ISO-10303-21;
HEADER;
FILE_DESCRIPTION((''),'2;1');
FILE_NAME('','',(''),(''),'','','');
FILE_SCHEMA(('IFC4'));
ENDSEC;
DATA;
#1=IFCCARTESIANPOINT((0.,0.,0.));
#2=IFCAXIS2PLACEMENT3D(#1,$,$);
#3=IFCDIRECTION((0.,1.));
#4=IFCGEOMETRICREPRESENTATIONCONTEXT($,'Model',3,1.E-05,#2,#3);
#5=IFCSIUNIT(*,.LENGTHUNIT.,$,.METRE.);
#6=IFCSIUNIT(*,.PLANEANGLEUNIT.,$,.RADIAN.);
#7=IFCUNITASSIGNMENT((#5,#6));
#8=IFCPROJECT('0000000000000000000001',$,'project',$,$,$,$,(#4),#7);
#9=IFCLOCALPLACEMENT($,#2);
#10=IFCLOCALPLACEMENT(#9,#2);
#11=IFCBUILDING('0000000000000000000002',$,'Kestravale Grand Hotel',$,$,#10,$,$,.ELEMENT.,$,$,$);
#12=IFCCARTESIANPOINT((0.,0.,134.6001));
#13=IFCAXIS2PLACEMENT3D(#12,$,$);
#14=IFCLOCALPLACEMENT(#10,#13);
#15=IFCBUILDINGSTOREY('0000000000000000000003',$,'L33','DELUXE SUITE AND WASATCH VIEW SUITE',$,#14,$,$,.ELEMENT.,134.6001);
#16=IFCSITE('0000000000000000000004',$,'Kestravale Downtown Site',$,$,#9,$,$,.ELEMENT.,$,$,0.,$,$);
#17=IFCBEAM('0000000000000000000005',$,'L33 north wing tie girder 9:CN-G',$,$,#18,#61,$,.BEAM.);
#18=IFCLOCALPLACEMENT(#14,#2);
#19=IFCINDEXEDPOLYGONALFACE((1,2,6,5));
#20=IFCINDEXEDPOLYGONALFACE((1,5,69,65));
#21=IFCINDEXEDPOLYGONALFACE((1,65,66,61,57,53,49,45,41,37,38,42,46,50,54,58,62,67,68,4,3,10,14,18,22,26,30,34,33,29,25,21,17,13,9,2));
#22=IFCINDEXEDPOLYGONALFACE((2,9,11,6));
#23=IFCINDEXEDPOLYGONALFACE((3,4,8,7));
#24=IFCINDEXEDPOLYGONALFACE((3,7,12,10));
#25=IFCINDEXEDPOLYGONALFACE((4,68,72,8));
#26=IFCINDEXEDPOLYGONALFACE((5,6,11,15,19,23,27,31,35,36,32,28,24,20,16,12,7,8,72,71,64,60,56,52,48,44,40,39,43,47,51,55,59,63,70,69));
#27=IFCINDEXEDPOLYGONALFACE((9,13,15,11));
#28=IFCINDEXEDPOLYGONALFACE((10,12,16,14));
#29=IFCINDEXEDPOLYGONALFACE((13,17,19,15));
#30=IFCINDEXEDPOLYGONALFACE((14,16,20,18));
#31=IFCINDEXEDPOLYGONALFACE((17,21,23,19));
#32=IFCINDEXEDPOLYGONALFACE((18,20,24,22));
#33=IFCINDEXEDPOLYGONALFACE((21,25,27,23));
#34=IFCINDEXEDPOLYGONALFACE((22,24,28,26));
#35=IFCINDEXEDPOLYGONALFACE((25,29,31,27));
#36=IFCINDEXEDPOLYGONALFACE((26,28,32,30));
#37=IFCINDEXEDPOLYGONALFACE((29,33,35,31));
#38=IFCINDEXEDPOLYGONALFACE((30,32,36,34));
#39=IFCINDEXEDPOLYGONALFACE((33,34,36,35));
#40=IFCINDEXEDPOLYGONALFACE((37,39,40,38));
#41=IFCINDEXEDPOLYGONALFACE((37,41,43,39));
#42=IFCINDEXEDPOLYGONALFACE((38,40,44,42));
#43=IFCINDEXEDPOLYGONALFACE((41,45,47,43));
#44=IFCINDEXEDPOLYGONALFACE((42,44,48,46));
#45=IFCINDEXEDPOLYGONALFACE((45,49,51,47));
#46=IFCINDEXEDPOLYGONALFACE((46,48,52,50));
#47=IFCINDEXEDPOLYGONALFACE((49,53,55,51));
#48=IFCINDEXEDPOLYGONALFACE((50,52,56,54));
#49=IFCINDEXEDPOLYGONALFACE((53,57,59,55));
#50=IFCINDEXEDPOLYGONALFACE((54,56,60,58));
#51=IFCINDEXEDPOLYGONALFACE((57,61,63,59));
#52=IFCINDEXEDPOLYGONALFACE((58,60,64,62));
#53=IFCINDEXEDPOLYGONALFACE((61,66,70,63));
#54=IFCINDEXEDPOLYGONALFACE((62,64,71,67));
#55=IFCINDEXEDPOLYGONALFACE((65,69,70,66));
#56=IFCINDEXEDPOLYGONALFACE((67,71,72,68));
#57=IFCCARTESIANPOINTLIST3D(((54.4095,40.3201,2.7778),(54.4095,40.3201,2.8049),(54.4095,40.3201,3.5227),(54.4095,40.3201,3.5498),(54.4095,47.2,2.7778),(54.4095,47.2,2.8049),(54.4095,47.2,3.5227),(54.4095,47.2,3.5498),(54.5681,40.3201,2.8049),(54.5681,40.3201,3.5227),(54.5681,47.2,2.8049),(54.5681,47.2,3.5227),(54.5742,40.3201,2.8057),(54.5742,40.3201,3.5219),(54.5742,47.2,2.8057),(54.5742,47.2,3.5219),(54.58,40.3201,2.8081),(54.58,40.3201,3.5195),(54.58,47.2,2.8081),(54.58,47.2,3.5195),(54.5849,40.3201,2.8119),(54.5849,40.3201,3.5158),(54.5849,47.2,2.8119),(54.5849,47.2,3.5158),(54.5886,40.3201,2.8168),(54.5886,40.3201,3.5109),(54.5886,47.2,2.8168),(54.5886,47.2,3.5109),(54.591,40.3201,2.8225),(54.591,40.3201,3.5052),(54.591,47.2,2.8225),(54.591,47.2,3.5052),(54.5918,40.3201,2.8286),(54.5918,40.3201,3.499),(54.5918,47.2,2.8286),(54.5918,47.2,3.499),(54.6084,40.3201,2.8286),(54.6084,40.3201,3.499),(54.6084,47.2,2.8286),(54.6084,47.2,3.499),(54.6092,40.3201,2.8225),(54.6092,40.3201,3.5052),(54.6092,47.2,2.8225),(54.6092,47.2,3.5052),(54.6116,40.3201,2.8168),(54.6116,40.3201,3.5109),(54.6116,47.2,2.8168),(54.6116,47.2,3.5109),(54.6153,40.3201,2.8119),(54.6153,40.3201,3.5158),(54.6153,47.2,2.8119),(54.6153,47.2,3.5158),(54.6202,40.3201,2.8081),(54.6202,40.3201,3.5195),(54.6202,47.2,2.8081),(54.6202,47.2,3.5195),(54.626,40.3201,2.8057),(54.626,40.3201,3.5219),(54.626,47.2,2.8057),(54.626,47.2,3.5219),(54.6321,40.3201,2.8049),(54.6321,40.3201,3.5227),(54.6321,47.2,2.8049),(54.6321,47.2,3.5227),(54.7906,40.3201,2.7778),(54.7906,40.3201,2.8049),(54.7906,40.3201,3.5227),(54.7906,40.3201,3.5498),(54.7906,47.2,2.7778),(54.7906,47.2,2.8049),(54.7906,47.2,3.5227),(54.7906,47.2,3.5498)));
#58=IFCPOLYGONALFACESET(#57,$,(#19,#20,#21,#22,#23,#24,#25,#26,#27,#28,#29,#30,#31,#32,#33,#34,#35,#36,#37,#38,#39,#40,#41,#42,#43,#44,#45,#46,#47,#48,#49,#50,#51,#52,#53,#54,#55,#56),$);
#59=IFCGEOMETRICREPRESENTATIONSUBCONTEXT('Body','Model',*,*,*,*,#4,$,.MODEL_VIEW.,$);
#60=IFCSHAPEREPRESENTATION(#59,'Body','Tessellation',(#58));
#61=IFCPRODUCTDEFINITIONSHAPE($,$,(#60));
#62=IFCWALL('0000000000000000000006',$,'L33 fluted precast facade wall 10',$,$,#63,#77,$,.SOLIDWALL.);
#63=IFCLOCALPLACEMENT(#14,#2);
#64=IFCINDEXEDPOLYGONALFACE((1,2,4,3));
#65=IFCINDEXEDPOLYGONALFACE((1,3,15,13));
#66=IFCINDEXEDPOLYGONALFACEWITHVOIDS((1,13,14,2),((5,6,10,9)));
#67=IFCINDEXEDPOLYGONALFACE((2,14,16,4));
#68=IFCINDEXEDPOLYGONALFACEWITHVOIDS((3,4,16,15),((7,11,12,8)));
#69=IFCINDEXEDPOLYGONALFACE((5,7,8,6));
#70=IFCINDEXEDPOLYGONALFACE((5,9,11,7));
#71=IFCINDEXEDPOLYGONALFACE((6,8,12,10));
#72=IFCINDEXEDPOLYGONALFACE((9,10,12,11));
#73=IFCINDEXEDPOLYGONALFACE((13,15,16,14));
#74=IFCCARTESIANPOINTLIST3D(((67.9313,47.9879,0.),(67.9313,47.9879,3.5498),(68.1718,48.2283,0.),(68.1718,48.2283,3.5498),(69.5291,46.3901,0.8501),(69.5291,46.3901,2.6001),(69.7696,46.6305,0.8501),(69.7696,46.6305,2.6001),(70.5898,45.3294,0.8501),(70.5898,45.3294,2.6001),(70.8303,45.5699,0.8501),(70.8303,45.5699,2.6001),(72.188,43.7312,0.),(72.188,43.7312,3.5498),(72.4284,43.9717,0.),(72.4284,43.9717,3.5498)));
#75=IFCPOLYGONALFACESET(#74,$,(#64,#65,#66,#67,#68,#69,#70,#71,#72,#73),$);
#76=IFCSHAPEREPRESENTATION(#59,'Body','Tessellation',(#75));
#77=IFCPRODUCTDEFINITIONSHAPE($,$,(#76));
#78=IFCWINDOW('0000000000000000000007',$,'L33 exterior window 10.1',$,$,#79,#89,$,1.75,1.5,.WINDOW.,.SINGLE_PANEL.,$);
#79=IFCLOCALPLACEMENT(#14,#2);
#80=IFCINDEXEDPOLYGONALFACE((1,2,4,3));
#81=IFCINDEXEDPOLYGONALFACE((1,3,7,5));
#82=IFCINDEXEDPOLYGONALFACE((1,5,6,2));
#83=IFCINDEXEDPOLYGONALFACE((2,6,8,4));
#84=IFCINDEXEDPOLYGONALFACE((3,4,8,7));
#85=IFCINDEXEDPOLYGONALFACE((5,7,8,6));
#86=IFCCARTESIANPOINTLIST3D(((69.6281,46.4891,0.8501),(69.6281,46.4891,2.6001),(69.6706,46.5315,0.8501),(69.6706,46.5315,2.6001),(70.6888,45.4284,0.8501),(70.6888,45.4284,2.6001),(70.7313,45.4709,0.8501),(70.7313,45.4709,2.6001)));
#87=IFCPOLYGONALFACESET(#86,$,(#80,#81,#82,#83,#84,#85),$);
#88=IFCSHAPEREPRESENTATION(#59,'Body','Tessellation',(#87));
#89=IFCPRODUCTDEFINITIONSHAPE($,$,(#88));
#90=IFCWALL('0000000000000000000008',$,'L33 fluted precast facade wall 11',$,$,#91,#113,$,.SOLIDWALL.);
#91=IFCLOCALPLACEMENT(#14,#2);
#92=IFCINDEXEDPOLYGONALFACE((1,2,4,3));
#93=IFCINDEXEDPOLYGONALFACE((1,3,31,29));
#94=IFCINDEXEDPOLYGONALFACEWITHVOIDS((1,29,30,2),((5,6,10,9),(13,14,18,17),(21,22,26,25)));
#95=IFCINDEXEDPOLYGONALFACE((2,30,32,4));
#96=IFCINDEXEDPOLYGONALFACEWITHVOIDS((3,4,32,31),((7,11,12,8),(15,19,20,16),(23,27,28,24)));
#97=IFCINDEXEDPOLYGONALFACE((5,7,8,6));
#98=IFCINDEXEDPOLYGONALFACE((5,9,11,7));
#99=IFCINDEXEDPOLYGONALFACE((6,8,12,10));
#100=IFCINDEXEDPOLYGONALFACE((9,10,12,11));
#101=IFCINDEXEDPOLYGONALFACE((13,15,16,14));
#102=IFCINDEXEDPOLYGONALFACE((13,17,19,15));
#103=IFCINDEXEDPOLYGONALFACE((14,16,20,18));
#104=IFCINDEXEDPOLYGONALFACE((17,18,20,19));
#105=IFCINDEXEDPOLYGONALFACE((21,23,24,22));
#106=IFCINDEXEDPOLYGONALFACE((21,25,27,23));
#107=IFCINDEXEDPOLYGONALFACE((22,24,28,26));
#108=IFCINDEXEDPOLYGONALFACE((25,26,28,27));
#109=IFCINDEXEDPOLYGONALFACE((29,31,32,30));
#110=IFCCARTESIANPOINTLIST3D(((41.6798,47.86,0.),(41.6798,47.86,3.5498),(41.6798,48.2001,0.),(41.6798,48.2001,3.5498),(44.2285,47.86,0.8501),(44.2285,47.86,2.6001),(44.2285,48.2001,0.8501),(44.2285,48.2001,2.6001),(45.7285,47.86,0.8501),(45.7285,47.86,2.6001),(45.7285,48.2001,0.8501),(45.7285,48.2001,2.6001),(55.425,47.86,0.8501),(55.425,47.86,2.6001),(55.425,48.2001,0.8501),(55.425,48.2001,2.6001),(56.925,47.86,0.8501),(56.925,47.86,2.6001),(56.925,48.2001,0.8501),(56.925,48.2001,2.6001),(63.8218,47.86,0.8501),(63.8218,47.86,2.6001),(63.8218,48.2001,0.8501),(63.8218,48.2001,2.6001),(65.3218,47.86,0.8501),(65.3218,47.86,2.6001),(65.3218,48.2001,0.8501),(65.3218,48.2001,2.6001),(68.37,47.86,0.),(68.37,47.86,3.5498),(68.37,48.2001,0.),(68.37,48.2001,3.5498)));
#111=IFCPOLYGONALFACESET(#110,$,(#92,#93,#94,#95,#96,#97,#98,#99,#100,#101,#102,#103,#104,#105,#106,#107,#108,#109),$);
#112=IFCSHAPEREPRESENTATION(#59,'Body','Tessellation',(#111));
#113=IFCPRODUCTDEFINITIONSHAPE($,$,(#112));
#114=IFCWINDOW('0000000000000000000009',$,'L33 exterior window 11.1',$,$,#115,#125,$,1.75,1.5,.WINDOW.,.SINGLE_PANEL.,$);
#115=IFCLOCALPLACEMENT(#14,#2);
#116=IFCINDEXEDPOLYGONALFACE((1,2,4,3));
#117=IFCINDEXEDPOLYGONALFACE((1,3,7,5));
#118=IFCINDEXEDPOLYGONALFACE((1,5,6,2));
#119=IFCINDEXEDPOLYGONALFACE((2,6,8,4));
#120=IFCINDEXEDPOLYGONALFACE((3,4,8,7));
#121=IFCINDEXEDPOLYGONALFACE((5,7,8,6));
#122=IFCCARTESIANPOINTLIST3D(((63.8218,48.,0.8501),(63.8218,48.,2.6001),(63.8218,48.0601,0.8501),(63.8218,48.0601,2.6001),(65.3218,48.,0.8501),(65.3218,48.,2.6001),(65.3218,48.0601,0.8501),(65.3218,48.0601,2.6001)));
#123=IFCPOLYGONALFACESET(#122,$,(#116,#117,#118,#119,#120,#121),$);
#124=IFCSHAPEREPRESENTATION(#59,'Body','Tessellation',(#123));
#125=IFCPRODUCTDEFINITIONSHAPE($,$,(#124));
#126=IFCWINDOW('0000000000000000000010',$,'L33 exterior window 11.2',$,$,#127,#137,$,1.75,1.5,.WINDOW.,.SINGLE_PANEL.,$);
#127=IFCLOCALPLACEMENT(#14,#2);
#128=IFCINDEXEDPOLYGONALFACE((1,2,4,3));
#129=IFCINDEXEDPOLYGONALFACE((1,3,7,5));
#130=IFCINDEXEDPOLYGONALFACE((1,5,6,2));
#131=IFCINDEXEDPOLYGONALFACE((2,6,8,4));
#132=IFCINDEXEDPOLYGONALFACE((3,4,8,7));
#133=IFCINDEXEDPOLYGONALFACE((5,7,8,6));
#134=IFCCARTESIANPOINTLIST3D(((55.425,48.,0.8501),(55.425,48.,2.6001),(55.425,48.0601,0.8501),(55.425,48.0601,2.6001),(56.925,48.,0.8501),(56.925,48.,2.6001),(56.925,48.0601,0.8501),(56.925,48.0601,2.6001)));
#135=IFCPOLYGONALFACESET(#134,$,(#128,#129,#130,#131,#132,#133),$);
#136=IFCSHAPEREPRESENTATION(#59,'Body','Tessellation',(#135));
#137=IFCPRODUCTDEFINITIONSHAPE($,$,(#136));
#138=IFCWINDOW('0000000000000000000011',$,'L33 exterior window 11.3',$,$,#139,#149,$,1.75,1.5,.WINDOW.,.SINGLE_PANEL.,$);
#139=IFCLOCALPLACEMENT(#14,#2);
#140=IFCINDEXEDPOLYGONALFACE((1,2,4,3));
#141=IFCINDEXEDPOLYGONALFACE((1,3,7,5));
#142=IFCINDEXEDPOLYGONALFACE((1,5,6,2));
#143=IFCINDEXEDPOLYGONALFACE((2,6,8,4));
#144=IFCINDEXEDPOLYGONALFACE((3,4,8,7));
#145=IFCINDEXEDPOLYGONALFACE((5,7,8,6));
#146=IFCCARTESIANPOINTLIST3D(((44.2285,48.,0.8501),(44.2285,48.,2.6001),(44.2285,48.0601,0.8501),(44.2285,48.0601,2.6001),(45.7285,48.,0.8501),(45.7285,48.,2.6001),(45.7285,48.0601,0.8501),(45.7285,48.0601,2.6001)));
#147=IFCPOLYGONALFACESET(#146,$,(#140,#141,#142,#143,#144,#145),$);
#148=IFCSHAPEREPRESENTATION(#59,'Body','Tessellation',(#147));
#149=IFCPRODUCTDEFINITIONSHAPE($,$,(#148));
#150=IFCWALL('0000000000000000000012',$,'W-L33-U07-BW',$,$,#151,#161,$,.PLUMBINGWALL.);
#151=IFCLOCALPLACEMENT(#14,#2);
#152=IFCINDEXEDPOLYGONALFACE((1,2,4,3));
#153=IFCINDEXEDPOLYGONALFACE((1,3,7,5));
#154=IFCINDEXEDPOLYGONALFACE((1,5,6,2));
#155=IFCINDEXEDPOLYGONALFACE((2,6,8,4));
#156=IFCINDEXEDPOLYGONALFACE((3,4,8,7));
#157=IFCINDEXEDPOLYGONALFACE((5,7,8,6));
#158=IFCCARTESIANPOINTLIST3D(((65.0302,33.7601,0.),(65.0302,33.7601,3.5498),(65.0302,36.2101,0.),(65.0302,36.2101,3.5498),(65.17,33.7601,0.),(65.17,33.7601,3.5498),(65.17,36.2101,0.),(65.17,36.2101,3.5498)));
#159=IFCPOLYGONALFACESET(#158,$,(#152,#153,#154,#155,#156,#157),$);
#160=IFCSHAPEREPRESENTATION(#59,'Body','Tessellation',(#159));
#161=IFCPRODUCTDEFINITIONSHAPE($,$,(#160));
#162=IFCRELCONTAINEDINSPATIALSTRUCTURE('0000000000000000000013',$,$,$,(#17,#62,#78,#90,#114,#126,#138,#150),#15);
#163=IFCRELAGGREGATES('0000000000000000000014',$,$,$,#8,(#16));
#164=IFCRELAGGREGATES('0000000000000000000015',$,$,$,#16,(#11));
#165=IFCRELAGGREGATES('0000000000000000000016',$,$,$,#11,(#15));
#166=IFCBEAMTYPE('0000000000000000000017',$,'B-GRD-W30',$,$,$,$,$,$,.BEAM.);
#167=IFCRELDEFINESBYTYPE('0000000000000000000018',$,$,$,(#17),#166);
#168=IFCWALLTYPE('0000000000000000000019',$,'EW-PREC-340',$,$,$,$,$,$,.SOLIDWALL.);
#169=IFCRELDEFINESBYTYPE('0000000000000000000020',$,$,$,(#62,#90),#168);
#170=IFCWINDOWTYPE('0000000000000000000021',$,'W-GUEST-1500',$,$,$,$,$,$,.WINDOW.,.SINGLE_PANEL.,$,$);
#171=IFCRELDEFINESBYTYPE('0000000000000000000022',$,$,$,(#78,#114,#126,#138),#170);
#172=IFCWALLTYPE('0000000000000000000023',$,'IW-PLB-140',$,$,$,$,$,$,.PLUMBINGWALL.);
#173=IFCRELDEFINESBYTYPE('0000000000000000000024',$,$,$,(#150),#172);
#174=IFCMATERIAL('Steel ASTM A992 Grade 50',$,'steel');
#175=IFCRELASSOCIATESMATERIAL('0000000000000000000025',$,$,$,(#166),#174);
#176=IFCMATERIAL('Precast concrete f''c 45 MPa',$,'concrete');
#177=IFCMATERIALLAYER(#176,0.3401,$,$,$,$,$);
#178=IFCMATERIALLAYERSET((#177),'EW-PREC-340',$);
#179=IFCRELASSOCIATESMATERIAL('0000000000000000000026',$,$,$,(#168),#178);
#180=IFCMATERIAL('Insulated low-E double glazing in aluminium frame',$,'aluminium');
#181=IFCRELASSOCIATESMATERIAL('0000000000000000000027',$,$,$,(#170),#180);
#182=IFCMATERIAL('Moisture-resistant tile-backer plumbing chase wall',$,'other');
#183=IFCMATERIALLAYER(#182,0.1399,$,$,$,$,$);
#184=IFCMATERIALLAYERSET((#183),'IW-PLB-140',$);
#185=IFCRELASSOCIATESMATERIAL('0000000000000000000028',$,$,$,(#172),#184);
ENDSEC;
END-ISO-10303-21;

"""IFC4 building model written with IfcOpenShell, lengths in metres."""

from ifc_helpers import new_model, si_unit, direction, frame, frame_2d, origin, origin_2d, place, context, subcontext, project, spatial, rectangle, i_section, extrude, material, layer, layer_set, material_profile, profile_set, type_object, element, fill, save


model = new_model("IFC4")

# Units and contexts
model_context = context("Model", 3, precision=1e-05, world=origin(), true_north=direction((0.0, 1.0)))
body_context = subcontext(model_context, "Body", "Model", "MODEL_VIEW")
ifc_project = project(units=[si_unit("LENGTHUNIT", "METRE"), si_unit("PLANEANGLEUNIT", "RADIAN")], contexts=[model_context])

# Site, building, storey
site_placement = place(None, origin())
site = spatial("IfcSite", under=ifc_project, at=site_placement, Name="Kestravale Downtown Site", CompositionType="ELEMENT", RefElevation=0.0)
building_placement = place(site_placement, origin())
building = spatial("IfcBuilding", under=site, at=building_placement, Name="Kestravale Grand Hotel", CompositionType="ELEMENT")
storey_placement = place(building_placement, frame((0.0, 0.0, 134.6001)))
storey = spatial("IfcBuildingStorey", under=building, at=storey_placement, Name="L33", Description="DELUXE SUITE AND WASATCH VIEW SUITE", CompositionType="ELEMENT", Elevation=134.6001)

# Beam
ifc_material_1 = material(Name="Steel ASTM A992 Grade 50", Category="steel")
ifc_material_profile_1 = material_profile(ifc_material_1, i_section(OverallWidth=0.3811, OverallDepth=0.772, WebThickness=0.0166, FlangeThickness=0.0271, FilletRadius=0.0237, at=origin_2d()))
ifc_profile_set_1 = profile_set([ifc_material_profile_1], Name="Steel ASTM A992 Grade 50")
beam_type_1 = type_object("IfcBeamType", Name="B-GRD-W30", PredefinedType="BEAM", material=ifc_profile_set_1)
beam_1_placement = place(storey_placement, frame((54.6001, 40.3201, 3.1638), z_axis=(0.0, 1.0, 0.0), x_axis=(-1.0, 0.0, 0.0)))
element("IfcBeam", 1, at=beam_1_placement, inside=storey, type_object=beam_type_1, Name="L33 north wing tie girder 9:CN-G", PredefinedType="BEAM", context=body_context, shape_type="SweptSolid", body=[
    extrude(i_section(OverallWidth=0.3811, OverallDepth=0.772, WebThickness=0.0166, FlangeThickness=0.0271, FilletRadius=0.0237, at=origin_2d()), origin(), (0.0, 0.0, 1.0), 6.8799),
])

# Wall, opening, window
ifc_material_2 = material(Name="Precast concrete f'c 45 MPa", Category="concrete")
ifc_layer_1 = layer(ifc_material_2, 0.3401)
ifc_layer_set_1 = layer_set([ifc_layer_1], Name="EW-PREC-340")
wall_type_1 = type_object("IfcWallType", Name="EW-PREC-340", PredefinedType="SOLIDWALL", material=ifc_layer_set_1)
wall_1_placement = place(storey_placement, frame((72.3081, 43.8516, 0.0), z_axis=(0.0, 0.0, 1.0), x_axis=(-0.707107, 0.707107, 0.0)))
wall_1 = element("IfcWall", 2, at=wall_1_placement, inside=storey, type_object=wall_type_1, Name="L33 fluted precast facade wall 10", PredefinedType="SOLIDWALL", context=body_context, shape_type="SweptSolid", body=[
    extrude(rectangle(XDim=6.0198, YDim=0.3401, at=frame_2d((3.0098, 0.0))), origin(), (0.0, 0.0, 1.0), 3.5498),
])
opening_1_placement = place(wall_1_placement, frame((2.26, 0.0, 0.8501)))
opening_1 = element("IfcOpeningElement", 3, at=opening_1_placement, cuts=wall_1, PredefinedType="OPENING", context=body_context, shape_type="SweptSolid", body=[
    extrude(rectangle(XDim=1.5, YDim=1.75, at=frame_2d((0.75, 0.875))), frame((0.0, 0.1799, 0.0), z_axis=(0.0, -1.0, 0.0), x_axis=(1.0, 0.0, 0.0)), (0.0, 0.0, 1.0), 0.3601),
])
ifc_material_3 = material(Name="Insulated low-E double glazing in aluminium frame", Category="aluminium")
window_type = type_object("IfcWindowType", Name="W-GUEST-1500", PartitioningType="SINGLE_PANEL", PredefinedType="WINDOW", material=ifc_material_3)
window_1_placement = place(opening_1_placement, origin())
window_1 = element("IfcWindow", 4, at=window_1_placement, inside=storey, type_object=window_type, Name="L33 exterior window 10.1", OverallHeight=1.75, OverallWidth=1.5, PartitioningType="SINGLE_PANEL", PredefinedType="WINDOW", context=body_context, shape_type="SweptSolid", body=[
    extrude(rectangle(XDim=1.5, YDim=1.75, at=frame_2d((0.75, 0.875))), frame((0.0, 0.03, 0.0), z_axis=(0.0, -1.0, 0.0), x_axis=(1.0, 0.0, 0.0)), (0.0, 0.0, 1.0), 0.0601),
])
fill(opening_1, window_1)

# Wall, openings, windows
wall_2_placement = place(storey_placement, frame((68.3701, 48.03, 0.0), z_axis=(0.0, 0.0, 1.0), x_axis=(-1.0, 0.0, 0.0)))
wall_2 = element("IfcWall", 5, at=wall_2_placement, inside=storey, type_object=wall_type_1, Name="L33 fluted precast facade wall 11", PredefinedType="SOLIDWALL", context=body_context, shape_type="SweptSolid", body=[
    extrude(rectangle(XDim=26.6902, YDim=0.3401, at=frame_2d((13.3452, 0.0))), origin(), (0.0, 0.0, 1.0), 3.5498),
])
opening_2_placement = place(wall_2_placement, frame((3.0483, 0.0, 0.8501)))
opening_2 = element("IfcOpeningElement", 6, at=opening_2_placement, cuts=wall_2, PredefinedType="OPENING", context=body_context, shape_type="SweptSolid", body=[
    extrude(rectangle(XDim=1.5, YDim=1.75, at=frame_2d((0.75, 0.875))), frame((0.0, 0.1799, 0.0), z_axis=(0.0, -1.0, 0.0), x_axis=(1.0, 0.0, 0.0)), (0.0, 0.0, 1.0), 0.3601),
])
opening_3_placement = place(wall_2_placement, frame((11.4451, 0.0, 0.8501)))
opening_3 = element("IfcOpeningElement", 7, at=opening_3_placement, cuts=wall_2, PredefinedType="OPENING", context=body_context, shape_type="SweptSolid", body=[
    extrude(rectangle(XDim=1.5, YDim=1.75, at=frame_2d((0.75, 0.875))), frame((0.0, 0.1799, 0.0), z_axis=(0.0, -1.0, 0.0), x_axis=(1.0, 0.0, 0.0)), (0.0, 0.0, 1.0), 0.3601),
])
opening_4_placement = place(wall_2_placement, frame((22.6416, 0.0, 0.8501)))
opening_4 = element("IfcOpeningElement", 8, at=opening_4_placement, cuts=wall_2, PredefinedType="OPENING", context=body_context, shape_type="SweptSolid", body=[
    extrude(rectangle(XDim=1.5, YDim=1.75, at=frame_2d((0.75, 0.875))), frame((0.0, 0.1799, 0.0), z_axis=(0.0, -1.0, 0.0), x_axis=(1.0, 0.0, 0.0)), (0.0, 0.0, 1.0), 0.3601),
])
window_2_placement = place(opening_2_placement, origin())
window_2 = element("IfcWindow", 9, at=window_2_placement, inside=storey, type_object=window_type, Name="L33 exterior window 11.1", OverallHeight=1.75, OverallWidth=1.5, PartitioningType="SINGLE_PANEL", PredefinedType="WINDOW", context=body_context, shape_type="SweptSolid", body=[
    extrude(rectangle(XDim=1.5, YDim=1.75, at=frame_2d((0.75, 0.875))), frame((0.0, 0.03, 0.0), z_axis=(0.0, -1.0, 0.0), x_axis=(1.0, 0.0, 0.0)), (0.0, 0.0, 1.0), 0.0601),
])
fill(opening_2, window_2)
window_3_placement = place(opening_3_placement, origin())
window_3 = element("IfcWindow", 10, at=window_3_placement, inside=storey, type_object=window_type, Name="L33 exterior window 11.2", OverallHeight=1.75, OverallWidth=1.5, PartitioningType="SINGLE_PANEL", PredefinedType="WINDOW", context=body_context, shape_type="SweptSolid", body=[
    extrude(rectangle(XDim=1.5, YDim=1.75, at=frame_2d((0.75, 0.875))), frame((0.0, 0.03, 0.0), z_axis=(0.0, -1.0, 0.0), x_axis=(1.0, 0.0, 0.0)), (0.0, 0.0, 1.0), 0.0601),
])
fill(opening_3, window_3)
window_4_placement = place(opening_4_placement, origin())
window_4 = element("IfcWindow", 11, at=window_4_placement, inside=storey, type_object=window_type, Name="L33 exterior window 11.3", OverallHeight=1.75, OverallWidth=1.5, PartitioningType="SINGLE_PANEL", PredefinedType="WINDOW", context=body_context, shape_type="SweptSolid", body=[
    extrude(rectangle(XDim=1.5, YDim=1.75, at=frame_2d((0.75, 0.875))), frame((0.0, 0.03, 0.0), z_axis=(0.0, -1.0, 0.0), x_axis=(1.0, 0.0, 0.0)), (0.0, 0.0, 1.0), 0.0601),
])
fill(opening_4, window_4)

# Wall
ifc_material_4 = material(Name="Moisture-resistant tile-backer plumbing chase wall", Category="other")
ifc_layer_2 = layer(ifc_material_4, 0.1399)
ifc_layer_set_2 = layer_set([ifc_layer_2], Name="IW-PLB-140")
wall_type_2 = type_object("IfcWallType", Name="IW-PLB-140", PredefinedType="PLUMBINGWALL", material=ifc_layer_set_2)
wall_3_placement = place(storey_placement, frame((65.1001, 33.76, 0.0), z_axis=(0.0, 0.0, 1.0), x_axis=(0.0, 1.0, 0.0)))
element("IfcWall", 12, at=wall_3_placement, inside=storey, type_object=wall_type_2, Name="W-L33-U07-BW", PredefinedType="PLUMBINGWALL", context=body_context, shape_type="SweptSolid", body=[
    extrude(rectangle(XDim=2.45, YDim=0.1399, at=frame_2d((1.2251, 0.0))), origin(), (0.0, 0.0, 1.0), 3.5498),
])

save(model, "model.ifc")
